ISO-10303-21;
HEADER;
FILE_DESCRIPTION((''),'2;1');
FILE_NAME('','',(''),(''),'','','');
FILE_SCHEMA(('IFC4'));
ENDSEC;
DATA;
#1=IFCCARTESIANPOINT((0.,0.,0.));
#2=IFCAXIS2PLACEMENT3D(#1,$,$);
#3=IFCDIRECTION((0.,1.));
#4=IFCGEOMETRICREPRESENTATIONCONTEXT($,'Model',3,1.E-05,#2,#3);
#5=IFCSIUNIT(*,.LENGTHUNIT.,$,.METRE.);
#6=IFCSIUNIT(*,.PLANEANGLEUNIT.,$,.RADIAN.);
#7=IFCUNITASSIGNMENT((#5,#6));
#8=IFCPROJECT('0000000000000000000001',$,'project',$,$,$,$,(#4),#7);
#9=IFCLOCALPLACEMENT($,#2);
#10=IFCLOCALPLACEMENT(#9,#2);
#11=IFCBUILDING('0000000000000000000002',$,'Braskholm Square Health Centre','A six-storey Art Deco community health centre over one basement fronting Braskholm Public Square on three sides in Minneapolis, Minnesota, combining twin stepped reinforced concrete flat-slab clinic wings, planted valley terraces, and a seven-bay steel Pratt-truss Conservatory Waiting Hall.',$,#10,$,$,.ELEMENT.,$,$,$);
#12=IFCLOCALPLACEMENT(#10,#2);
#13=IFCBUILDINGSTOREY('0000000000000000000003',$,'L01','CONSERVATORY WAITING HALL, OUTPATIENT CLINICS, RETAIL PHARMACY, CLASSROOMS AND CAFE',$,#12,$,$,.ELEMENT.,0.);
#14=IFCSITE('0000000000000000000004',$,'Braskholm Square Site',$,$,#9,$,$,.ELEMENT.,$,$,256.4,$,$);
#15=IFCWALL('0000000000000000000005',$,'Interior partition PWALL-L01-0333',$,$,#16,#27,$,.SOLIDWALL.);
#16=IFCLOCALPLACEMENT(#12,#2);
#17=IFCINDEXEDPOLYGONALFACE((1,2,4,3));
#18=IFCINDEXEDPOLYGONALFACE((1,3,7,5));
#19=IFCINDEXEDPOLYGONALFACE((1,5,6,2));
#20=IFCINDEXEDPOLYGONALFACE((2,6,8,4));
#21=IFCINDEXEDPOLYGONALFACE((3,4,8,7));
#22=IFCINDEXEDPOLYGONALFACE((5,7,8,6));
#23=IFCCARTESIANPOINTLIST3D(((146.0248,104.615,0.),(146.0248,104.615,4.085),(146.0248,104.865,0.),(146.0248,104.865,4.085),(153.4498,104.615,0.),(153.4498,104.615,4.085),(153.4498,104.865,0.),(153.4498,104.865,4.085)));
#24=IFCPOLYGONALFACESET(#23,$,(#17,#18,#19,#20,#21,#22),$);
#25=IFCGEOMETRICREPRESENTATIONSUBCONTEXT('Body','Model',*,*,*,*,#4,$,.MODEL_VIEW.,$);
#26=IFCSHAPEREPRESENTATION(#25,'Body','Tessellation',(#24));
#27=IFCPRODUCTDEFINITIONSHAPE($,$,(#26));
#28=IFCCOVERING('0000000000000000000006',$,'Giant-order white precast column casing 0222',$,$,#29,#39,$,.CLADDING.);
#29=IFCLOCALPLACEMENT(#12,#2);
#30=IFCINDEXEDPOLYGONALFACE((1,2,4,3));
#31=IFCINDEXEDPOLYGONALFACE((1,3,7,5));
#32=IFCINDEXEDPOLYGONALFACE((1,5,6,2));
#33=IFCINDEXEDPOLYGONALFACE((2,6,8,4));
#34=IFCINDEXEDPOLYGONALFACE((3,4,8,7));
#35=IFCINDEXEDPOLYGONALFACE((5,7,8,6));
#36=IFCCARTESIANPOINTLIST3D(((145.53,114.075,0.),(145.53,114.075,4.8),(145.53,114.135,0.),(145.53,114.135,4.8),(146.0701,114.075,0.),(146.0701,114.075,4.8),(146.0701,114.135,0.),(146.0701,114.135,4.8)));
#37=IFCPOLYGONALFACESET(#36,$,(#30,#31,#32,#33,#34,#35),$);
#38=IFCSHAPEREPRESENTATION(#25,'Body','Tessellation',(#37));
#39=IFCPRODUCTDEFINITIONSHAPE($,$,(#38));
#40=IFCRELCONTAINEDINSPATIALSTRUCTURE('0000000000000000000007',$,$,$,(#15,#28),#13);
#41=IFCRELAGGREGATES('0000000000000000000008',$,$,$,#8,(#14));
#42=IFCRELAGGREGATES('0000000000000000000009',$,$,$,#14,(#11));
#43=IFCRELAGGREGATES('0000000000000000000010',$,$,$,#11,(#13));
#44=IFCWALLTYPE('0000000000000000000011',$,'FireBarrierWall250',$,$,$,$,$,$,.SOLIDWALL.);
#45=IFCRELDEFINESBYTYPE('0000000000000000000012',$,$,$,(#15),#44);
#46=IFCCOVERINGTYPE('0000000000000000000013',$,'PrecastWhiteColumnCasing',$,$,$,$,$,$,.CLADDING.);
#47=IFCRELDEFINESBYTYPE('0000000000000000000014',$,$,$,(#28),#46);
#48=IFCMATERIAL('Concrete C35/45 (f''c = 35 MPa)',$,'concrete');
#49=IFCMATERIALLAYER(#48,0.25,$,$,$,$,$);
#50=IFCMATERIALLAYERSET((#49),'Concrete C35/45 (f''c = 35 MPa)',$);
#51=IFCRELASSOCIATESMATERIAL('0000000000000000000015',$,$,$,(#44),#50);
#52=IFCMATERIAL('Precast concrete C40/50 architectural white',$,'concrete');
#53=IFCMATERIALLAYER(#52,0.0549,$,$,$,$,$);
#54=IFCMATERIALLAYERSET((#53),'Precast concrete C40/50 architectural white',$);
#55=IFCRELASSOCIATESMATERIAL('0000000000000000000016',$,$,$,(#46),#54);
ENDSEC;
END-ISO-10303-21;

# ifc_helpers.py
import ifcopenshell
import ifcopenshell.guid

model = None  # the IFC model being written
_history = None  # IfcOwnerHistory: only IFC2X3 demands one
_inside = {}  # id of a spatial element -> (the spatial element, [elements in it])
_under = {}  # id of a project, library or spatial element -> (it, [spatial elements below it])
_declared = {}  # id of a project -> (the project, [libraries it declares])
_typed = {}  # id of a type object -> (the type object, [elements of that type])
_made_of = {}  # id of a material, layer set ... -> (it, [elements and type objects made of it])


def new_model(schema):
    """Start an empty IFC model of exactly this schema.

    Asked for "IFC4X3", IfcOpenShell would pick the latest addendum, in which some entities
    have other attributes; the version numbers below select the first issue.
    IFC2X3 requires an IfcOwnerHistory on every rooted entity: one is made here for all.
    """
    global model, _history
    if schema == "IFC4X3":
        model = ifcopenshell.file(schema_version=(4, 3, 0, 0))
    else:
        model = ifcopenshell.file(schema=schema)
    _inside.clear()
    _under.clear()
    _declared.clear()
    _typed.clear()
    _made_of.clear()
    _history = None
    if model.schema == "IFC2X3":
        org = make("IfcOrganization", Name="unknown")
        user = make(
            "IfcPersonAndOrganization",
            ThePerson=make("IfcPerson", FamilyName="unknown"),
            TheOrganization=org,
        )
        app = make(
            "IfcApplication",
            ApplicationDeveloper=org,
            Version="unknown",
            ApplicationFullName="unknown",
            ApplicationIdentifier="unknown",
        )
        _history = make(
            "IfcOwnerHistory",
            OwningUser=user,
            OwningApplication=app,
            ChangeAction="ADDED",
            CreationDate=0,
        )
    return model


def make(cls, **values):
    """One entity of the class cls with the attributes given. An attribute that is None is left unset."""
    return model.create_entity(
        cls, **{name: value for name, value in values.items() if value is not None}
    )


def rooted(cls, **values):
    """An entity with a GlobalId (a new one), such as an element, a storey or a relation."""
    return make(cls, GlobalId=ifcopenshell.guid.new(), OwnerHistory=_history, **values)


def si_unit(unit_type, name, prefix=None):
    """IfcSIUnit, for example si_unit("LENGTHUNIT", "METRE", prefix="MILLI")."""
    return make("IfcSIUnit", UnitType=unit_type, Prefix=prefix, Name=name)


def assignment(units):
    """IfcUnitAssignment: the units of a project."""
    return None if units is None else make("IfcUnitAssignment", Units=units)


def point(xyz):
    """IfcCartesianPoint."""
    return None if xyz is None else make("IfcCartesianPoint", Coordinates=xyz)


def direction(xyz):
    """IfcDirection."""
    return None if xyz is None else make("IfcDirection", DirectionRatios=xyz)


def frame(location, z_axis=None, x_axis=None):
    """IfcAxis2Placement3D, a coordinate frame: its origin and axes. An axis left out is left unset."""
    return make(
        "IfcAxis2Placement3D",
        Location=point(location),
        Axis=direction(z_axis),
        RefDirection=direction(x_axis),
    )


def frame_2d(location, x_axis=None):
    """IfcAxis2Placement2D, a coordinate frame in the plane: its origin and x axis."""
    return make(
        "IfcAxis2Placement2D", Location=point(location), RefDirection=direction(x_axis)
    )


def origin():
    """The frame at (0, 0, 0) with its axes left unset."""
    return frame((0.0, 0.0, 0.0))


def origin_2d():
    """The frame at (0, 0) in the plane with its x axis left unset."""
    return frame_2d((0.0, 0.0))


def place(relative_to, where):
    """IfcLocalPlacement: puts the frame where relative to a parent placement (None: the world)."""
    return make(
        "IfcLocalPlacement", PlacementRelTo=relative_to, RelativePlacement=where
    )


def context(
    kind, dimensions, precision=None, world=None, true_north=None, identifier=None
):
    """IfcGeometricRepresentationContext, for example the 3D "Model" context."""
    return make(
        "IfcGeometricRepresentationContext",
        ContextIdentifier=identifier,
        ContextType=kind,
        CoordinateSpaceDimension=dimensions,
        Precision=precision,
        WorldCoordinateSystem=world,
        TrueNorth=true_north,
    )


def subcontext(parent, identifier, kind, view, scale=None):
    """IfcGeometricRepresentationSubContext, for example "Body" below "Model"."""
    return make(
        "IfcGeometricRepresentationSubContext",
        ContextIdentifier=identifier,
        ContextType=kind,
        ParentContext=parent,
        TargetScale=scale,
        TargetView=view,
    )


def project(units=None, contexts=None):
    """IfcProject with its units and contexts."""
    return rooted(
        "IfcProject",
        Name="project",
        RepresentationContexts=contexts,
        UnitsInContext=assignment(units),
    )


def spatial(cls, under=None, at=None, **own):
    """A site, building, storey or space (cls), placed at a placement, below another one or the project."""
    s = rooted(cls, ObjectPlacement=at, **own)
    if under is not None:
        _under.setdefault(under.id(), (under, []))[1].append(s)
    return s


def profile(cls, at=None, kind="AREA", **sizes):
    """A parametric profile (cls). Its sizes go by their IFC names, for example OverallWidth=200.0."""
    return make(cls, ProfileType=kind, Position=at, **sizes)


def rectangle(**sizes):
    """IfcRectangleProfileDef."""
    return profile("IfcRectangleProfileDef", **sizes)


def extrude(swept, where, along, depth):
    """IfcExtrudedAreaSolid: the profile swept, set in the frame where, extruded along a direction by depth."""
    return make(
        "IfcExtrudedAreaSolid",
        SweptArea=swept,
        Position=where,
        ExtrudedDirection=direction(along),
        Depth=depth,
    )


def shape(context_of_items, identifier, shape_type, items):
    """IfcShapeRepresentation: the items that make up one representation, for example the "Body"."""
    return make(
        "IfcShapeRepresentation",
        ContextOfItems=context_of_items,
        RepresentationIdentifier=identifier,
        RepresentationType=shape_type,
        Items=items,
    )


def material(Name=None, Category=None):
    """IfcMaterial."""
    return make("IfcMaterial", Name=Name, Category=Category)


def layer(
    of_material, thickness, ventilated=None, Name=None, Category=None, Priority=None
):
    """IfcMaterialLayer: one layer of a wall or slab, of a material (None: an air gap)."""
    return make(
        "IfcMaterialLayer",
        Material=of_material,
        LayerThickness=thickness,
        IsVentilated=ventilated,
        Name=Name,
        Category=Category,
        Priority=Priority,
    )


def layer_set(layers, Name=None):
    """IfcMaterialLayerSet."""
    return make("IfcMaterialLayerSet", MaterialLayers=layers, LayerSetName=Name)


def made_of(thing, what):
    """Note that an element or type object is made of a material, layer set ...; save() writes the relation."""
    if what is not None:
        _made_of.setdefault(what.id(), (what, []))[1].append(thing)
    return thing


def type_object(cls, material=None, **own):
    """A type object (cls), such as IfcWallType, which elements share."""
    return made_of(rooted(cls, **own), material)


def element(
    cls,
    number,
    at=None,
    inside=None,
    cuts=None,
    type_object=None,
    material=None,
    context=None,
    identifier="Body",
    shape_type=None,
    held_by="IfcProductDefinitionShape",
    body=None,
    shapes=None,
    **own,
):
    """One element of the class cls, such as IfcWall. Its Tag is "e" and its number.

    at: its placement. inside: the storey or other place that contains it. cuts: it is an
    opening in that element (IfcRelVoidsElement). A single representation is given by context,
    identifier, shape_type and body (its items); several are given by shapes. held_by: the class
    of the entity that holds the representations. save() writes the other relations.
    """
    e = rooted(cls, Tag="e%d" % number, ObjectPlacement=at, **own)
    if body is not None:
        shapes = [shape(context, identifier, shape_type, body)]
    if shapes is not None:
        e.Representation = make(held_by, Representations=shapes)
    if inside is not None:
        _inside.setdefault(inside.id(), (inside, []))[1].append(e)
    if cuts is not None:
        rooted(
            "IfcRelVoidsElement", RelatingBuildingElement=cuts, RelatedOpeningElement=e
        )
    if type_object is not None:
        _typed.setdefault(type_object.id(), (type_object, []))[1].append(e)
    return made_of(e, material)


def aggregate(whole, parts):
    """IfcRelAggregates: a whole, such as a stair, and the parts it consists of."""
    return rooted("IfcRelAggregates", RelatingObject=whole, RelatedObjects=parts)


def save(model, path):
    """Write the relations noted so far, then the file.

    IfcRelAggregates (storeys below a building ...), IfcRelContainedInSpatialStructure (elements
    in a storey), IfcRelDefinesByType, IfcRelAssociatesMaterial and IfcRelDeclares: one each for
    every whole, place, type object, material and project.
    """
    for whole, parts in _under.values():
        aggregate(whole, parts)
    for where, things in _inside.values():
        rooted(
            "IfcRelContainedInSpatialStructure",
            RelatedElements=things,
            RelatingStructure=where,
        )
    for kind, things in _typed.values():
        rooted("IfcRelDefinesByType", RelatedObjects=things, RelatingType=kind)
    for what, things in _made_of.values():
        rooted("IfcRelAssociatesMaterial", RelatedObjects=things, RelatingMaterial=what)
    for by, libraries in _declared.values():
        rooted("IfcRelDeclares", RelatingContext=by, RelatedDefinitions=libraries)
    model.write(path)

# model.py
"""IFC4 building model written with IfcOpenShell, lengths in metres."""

from ifc_helpers import new_model, si_unit, direction, frame, frame_2d, origin, origin_2d, place, context, subcontext, project, spatial, rectangle, extrude, material, layer, layer_set, type_object, element, save


model = new_model("IFC4")

# Units and contexts
model_context = context("Model", 3, precision=1e-05, world=origin(), true_north=direction((0.0, 1.0)))
body_context = subcontext(model_context, "Body", "Model", "MODEL_VIEW")
ifc_project = project(units=[si_unit("LENGTHUNIT", "METRE"), si_unit("PLANEANGLEUNIT", "RADIAN")], contexts=[model_context])

# Site, building, storey
site_placement = place(None, origin())
site = spatial("IfcSite", under=ifc_project, at=site_placement, Name="Braskholm Square Site", CompositionType="ELEMENT", RefElevation=256.4)
building_placement = place(site_placement, origin())
building = spatial("IfcBuilding", under=site, at=building_placement, Name="Braskholm Square Health Centre", Description="A six-storey Art Deco community health centre over one basement fronting Braskholm Public Square on three sides in Minneapolis, Minnesota, combining twin stepped reinforced concrete flat-slab clinic wings, planted valley terraces, and a seven-bay steel Pratt-truss Conservatory Waiting Hall.", CompositionType="ELEMENT")
storey_placement = place(building_placement, origin())
storey = spatial("IfcBuildingStorey", under=building, at=storey_placement, Name="L01", Description="CONSERVATORY WAITING HALL, OUTPATIENT CLINICS, RETAIL PHARMACY, CLASSROOMS AND CAFE", CompositionType="ELEMENT", Elevation=0.0)

# Shared definitions
ifc_material_1 = material(Name="Precast concrete C40/50 architectural white", Category="concrete")

# Wall
ifc_material_2 = material(Name="Concrete C35/45 (f'c = 35 MPa)", Category="concrete")
ifc_layer_1 = layer(ifc_material_2, 0.25)
ifc_layer_set_1 = layer_set([ifc_layer_1], Name="Concrete C35/45 (f'c = 35 MPa)")
wall_type_1 = type_object("IfcWallType", Name="FireBarrierWall250", PredefinedType="SOLIDWALL", material=ifc_layer_set_1)
wall_1_placement = place(storey_placement, frame((146.0249, 104.74, 0.0), z_axis=(0.0, 0.0, 1.0), x_axis=(1.0, 0.0, 0.0)))
element("IfcWall", 1, at=wall_1_placement, inside=storey, type_object=wall_type_1, Name="Interior partition PWALL-L01-0333", PredefinedType="SOLIDWALL", context=body_context, shape_type="SweptSolid", body=[
    extrude(rectangle(XDim=7.425, YDim=0.25, at=frame_2d((3.7124, 0.0))), origin(), (0.0, 0.0, 1.0), 4.085),
])

# Covering
ifc_layer_2 = layer(ifc_material_1, 0.0549)
ifc_layer_set_2 = layer_set([ifc_layer_2], Name="Precast concrete C40/50 architectural white")
covering_type = type_object("IfcCoveringType", Name="PrecastWhiteColumnCasing", PredefinedType="CLADDING", material=ifc_layer_set_2)
covering_placement = place(storey_placement, frame((145.8, 114.105, 0.0), z_axis=(0.0, 0.0, 1.0), x_axis=(1.0, 0.0, 0.0)))
element("IfcCovering", 2, at=covering_placement, inside=storey, type_object=covering_type, Name="Giant-order white precast column casing 0222", PredefinedType="CLADDING", context=body_context, shape_type="SweptSolid", body=[
    extrude(rectangle(XDim=0.54, YDim=0.0601, at=origin_2d()), origin(), (0.0, 0.0, 1.0), 4.8),
])

save(model, "model.ifc")
